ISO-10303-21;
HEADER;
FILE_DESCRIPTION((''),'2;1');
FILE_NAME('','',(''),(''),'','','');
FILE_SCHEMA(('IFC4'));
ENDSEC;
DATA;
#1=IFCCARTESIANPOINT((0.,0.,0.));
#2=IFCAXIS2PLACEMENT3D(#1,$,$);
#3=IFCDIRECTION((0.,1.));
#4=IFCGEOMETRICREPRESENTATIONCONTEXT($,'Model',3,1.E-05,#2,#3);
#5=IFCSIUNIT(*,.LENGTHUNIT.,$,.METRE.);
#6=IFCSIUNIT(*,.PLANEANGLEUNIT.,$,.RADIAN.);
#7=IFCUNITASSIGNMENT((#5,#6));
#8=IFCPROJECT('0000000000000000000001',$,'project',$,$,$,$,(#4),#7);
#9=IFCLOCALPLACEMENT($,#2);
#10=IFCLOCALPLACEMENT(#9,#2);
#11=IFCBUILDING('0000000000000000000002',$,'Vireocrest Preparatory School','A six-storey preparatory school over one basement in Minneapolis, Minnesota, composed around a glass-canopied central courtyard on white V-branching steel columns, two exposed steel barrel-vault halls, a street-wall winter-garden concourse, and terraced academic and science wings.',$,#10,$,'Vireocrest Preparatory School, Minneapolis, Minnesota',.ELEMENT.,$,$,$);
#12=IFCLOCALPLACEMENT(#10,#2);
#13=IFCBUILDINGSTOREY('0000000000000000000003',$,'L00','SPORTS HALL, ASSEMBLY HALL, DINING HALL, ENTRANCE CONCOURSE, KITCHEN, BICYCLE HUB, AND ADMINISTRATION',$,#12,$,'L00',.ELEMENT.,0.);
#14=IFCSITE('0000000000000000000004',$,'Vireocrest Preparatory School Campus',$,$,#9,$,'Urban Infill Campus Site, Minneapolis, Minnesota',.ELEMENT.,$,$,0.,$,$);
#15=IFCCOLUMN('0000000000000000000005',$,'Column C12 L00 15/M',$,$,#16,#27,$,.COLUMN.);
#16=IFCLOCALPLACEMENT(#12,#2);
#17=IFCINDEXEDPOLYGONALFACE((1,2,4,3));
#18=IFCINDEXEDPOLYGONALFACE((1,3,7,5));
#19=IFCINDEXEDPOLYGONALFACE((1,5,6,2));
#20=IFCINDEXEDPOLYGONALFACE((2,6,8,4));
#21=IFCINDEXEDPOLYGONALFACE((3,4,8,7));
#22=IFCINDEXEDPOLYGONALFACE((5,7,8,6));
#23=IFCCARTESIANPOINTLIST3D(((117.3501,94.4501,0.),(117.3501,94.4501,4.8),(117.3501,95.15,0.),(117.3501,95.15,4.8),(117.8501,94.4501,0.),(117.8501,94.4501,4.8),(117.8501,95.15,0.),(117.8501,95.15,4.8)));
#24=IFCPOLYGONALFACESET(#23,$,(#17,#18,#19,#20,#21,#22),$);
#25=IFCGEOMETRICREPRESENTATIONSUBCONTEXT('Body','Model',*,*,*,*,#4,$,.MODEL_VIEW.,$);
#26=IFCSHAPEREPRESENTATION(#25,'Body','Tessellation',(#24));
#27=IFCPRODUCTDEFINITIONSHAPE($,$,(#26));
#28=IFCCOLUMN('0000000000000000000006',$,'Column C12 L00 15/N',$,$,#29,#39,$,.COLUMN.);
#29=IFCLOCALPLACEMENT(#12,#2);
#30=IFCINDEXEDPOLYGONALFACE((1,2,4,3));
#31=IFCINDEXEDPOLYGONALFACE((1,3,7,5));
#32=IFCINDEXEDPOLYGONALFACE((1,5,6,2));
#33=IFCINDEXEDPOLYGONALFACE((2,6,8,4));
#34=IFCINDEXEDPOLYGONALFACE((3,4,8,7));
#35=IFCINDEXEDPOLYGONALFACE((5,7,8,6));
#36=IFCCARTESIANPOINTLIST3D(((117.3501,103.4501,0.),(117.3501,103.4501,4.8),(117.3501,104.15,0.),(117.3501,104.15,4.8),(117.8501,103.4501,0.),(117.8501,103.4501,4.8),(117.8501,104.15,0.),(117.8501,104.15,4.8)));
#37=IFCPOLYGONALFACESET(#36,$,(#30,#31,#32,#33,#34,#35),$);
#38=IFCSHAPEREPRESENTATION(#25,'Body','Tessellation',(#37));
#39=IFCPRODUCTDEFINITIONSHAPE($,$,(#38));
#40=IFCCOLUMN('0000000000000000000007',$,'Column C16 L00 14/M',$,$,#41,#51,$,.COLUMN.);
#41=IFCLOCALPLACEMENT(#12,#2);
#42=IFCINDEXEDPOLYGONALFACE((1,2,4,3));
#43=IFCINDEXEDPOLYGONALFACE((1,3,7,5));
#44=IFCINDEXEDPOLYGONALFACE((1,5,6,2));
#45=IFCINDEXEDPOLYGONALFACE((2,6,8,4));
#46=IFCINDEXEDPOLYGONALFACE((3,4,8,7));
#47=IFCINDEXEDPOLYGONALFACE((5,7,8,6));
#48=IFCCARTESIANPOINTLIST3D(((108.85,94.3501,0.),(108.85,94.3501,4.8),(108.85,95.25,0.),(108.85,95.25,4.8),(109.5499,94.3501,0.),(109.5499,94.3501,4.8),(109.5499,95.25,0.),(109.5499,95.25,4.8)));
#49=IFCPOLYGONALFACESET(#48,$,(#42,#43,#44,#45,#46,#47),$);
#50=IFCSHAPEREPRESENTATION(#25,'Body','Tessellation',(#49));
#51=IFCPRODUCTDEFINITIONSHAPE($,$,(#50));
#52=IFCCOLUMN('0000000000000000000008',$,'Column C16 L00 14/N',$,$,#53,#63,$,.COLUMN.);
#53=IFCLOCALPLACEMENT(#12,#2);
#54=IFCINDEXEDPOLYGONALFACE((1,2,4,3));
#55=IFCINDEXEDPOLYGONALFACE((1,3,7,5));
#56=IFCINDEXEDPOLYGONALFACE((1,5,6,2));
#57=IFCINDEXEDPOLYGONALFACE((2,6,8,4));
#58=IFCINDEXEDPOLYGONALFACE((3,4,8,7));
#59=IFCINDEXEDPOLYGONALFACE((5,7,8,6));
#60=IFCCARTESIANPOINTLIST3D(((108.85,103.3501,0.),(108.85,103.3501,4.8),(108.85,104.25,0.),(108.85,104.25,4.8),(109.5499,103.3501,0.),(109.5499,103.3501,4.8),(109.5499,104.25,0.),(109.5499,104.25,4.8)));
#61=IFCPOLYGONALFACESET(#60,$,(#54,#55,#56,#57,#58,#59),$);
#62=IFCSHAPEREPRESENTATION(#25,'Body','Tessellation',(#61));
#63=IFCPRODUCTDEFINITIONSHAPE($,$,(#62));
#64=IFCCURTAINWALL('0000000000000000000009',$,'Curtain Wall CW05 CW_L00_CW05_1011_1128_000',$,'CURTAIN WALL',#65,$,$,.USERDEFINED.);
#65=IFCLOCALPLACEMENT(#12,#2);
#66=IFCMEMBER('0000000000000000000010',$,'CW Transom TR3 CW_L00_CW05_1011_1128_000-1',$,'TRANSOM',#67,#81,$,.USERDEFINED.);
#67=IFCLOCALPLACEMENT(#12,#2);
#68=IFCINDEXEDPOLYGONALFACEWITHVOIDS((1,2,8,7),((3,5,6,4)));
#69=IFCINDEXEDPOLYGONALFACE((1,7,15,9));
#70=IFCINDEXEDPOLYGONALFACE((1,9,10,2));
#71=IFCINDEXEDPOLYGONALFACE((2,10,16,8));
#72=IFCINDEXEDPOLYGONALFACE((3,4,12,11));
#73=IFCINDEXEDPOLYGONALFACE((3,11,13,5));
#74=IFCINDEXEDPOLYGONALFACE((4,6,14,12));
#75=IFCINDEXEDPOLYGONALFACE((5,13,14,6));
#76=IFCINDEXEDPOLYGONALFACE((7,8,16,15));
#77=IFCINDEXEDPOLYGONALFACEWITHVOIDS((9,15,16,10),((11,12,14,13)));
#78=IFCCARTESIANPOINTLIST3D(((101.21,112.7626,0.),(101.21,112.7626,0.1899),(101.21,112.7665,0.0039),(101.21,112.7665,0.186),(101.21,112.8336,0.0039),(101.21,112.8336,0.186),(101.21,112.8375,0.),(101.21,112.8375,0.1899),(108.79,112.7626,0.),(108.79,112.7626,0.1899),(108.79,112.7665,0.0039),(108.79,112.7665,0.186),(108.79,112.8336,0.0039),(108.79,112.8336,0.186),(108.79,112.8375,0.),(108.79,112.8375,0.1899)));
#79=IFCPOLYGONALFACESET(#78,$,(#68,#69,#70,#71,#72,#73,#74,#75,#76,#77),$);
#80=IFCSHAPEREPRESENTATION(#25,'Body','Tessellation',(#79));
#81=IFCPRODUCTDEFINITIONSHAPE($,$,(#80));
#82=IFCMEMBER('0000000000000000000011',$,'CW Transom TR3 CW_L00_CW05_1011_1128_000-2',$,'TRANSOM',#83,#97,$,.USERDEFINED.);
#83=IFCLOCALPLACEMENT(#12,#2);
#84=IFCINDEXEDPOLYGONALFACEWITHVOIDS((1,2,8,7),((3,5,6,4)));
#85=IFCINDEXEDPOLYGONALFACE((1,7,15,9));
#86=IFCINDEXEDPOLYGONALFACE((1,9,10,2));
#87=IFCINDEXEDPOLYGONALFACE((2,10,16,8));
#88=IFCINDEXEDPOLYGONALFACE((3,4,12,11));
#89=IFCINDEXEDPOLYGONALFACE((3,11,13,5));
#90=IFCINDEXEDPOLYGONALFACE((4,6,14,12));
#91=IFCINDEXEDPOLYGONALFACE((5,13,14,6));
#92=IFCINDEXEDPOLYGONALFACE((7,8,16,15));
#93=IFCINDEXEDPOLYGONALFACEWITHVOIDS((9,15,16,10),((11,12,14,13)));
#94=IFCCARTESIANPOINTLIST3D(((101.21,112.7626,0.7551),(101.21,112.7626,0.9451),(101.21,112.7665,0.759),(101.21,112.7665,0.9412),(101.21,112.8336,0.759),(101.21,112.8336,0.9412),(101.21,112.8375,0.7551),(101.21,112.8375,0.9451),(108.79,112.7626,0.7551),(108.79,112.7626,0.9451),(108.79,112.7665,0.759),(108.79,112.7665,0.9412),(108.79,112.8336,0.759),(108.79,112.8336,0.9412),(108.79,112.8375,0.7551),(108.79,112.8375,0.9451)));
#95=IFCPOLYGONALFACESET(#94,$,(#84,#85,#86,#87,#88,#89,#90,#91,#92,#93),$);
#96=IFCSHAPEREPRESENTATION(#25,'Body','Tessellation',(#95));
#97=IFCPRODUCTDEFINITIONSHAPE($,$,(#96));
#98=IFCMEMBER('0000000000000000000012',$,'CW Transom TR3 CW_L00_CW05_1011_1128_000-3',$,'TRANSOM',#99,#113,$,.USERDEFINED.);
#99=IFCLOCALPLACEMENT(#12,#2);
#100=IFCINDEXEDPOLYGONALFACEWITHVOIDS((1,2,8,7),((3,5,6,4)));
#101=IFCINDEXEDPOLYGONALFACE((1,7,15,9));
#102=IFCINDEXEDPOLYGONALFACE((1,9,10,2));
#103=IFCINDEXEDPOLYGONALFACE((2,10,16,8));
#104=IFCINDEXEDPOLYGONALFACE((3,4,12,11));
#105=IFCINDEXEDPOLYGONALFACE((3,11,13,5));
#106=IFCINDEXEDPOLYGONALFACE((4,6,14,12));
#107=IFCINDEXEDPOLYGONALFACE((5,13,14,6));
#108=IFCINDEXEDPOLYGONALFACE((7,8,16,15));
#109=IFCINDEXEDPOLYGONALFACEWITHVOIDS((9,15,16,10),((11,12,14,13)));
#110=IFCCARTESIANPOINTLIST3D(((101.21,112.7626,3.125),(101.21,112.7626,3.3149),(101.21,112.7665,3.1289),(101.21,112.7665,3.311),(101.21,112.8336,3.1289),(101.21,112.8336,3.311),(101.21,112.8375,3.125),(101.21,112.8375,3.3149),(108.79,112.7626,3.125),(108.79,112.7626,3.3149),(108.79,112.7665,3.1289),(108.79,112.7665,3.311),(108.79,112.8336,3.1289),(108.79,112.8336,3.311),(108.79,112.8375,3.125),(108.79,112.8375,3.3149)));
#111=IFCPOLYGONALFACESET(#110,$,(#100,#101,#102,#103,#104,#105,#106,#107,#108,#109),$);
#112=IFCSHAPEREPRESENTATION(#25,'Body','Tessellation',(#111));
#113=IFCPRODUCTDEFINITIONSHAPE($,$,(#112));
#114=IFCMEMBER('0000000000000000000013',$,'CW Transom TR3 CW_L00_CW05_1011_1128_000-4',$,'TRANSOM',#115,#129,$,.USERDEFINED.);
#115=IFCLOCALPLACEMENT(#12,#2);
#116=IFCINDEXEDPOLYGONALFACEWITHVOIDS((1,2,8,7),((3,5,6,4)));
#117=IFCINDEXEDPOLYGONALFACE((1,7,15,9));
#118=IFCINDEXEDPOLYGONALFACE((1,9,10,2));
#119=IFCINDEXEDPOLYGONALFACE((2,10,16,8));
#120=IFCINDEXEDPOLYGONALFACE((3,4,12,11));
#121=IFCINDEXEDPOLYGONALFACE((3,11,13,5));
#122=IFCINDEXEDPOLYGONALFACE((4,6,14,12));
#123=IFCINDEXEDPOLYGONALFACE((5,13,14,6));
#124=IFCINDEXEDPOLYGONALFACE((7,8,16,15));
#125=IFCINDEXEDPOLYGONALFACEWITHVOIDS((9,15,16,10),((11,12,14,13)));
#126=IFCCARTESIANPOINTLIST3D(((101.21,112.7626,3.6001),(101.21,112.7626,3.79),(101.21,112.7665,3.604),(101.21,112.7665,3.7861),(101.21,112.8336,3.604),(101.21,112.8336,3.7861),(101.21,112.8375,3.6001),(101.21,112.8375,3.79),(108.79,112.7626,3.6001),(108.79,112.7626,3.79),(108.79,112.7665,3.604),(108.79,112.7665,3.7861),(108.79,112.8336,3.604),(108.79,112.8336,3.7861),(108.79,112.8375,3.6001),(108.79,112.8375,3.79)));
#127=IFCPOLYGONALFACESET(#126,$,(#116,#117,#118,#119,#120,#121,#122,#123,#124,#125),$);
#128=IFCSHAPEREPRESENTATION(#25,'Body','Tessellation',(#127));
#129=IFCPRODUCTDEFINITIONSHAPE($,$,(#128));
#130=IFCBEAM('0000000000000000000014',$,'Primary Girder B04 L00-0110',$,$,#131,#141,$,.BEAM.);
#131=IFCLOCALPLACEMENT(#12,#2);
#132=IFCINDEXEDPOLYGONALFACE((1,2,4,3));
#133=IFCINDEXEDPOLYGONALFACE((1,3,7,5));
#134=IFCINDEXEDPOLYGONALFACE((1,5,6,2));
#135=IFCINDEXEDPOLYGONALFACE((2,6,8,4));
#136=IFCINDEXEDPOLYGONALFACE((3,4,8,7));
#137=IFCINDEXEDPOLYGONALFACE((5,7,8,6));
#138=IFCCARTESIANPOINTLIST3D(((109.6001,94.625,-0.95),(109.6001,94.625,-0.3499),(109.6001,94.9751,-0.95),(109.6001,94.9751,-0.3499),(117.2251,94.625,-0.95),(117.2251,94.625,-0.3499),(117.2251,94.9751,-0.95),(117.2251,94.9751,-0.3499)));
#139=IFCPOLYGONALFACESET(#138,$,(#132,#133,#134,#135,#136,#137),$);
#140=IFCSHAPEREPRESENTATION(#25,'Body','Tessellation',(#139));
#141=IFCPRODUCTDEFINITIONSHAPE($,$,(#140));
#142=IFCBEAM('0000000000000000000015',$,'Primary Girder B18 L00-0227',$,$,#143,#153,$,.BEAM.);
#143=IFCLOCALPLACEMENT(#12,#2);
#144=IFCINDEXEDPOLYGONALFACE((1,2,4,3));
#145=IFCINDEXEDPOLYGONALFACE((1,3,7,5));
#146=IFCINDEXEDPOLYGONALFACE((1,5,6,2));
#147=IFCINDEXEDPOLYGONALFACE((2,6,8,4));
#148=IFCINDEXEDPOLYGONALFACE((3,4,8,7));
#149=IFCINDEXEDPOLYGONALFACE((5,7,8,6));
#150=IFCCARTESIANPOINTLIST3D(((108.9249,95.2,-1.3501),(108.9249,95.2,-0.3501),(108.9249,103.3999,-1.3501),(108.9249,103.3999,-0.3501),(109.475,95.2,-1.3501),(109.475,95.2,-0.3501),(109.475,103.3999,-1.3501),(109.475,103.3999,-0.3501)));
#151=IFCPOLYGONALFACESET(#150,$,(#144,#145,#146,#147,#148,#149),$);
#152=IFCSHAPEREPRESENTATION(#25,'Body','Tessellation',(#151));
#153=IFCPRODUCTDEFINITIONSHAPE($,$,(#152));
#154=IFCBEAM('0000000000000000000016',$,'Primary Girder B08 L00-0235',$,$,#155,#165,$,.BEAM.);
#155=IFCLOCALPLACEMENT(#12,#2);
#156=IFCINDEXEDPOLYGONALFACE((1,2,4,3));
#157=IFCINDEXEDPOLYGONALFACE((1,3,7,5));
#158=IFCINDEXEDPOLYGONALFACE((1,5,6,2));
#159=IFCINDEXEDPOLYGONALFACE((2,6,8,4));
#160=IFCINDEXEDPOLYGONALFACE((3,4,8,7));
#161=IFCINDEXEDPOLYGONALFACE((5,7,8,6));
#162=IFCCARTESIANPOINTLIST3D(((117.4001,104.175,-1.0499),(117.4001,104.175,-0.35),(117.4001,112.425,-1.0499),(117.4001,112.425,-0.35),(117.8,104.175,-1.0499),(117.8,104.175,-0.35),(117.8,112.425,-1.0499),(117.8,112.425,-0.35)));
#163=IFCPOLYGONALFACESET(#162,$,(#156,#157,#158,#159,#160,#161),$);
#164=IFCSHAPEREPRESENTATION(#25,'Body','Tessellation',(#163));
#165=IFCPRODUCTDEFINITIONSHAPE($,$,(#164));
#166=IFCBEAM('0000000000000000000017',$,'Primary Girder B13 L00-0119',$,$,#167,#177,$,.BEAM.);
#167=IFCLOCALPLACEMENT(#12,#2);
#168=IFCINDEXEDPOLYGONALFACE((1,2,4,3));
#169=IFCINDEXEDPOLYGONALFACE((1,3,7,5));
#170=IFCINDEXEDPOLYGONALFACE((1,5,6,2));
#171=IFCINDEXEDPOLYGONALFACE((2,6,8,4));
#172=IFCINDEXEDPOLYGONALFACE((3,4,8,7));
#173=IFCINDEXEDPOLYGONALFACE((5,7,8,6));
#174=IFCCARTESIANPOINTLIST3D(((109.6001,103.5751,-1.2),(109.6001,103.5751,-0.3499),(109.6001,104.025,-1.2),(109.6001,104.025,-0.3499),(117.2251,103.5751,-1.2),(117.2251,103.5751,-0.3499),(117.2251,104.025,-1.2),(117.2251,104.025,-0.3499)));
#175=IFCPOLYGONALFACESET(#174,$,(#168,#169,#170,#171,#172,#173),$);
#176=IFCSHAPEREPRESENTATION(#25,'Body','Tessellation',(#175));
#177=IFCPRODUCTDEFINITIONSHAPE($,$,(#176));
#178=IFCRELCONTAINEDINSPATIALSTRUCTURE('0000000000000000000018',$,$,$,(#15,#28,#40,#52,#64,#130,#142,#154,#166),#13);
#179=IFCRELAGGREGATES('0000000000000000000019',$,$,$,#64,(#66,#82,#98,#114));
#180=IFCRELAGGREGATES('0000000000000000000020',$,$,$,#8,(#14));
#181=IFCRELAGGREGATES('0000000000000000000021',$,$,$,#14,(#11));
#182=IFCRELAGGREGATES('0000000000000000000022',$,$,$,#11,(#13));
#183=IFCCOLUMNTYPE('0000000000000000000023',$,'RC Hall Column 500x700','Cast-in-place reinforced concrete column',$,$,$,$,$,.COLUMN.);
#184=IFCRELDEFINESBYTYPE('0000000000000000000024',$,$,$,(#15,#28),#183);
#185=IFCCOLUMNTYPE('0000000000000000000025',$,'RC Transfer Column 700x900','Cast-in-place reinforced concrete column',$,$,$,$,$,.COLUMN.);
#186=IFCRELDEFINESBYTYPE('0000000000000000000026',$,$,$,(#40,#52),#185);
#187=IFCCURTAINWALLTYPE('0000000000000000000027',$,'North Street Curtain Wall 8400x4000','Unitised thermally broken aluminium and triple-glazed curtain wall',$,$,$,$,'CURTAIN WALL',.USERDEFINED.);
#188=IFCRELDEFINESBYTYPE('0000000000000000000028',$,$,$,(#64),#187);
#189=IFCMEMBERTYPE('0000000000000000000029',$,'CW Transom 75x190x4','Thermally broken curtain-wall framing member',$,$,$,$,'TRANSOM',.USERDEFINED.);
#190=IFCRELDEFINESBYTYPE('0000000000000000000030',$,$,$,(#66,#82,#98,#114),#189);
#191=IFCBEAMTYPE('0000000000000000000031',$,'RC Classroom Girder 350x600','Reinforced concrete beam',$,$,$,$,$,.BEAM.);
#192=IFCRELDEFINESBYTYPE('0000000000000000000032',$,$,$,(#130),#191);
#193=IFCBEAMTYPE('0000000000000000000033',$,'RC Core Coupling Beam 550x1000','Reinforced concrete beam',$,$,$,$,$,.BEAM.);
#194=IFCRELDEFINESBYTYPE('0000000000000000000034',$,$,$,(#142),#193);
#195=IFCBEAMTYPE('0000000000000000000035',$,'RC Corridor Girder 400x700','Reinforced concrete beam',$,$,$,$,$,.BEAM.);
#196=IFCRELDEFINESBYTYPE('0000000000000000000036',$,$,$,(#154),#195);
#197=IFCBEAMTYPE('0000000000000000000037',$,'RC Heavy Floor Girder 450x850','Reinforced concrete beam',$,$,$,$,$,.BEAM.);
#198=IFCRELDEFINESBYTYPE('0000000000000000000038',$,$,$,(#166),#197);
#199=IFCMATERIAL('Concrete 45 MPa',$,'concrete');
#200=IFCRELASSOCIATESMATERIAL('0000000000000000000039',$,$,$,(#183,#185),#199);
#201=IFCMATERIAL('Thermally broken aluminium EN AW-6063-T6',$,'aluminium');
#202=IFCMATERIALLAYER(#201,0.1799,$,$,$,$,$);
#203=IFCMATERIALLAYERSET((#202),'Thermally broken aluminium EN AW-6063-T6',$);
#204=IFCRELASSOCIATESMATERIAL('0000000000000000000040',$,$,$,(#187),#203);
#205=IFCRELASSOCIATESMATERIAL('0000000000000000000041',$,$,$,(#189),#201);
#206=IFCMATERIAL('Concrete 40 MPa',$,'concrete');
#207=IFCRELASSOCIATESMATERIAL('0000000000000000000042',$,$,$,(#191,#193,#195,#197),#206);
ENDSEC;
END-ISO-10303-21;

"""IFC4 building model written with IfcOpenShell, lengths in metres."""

from ifc_helpers import new_model, si_unit, direction, frame, origin, origin_2d, place, context, subcontext, project, spatial, rectangle, hollow_rectangle, extrude, material, layer, layer_set, material_profile, profile_set, type_object, element, aggregate, save


model = new_model("IFC4")

# Units and contexts
model_context = context("Model", 3, precision=1e-05, world=origin(), true_north=direction((0.0, 1.0)))
body_context = subcontext(model_context, "Body", "Model", "MODEL_VIEW")
ifc_project = project(units=[si_unit("LENGTHUNIT", "METRE"), si_unit("PLANEANGLEUNIT", "RADIAN")], contexts=[model_context])

# Site, building, storey
site_placement = place(None, origin())
site = spatial("IfcSite", under=ifc_project, at=site_placement, Name="Vireocrest Preparatory School Campus", LongName="Urban Infill Campus Site, Minneapolis, Minnesota", CompositionType="ELEMENT", RefElevation=0.0)
building_placement = place(site_placement, origin())
building = spatial("IfcBuilding", under=site, at=building_placement, Name="Vireocrest Preparatory School", Description="A six-storey preparatory school over one basement in Minneapolis, Minnesota, composed around a glass-canopied central courtyard on white V-branching steel columns, two exposed steel barrel-vault halls, a street-wall winter-garden concourse, and terraced academic and science wings.", LongName="Vireocrest Preparatory School, Minneapolis, Minnesota", CompositionType="ELEMENT")
storey_placement = place(building_placement, origin())
storey = spatial("IfcBuildingStorey", under=building, at=storey_placement, Name="L00", Description="SPORTS HALL, ASSEMBLY HALL, DINING HALL, ENTRANCE CONCOURSE, KITCHEN, BICYCLE HUB, AND ADMINISTRATION", LongName="L00", CompositionType="ELEMENT", Elevation=0.0)

# Columns
ifc_material_1 = material(Name="Concrete 45 MPa", Category="concrete")
ifc_material_profile_1 = material_profile(ifc_material_1, rectangle(XDim=0.5, YDim=0.7, at=origin_2d()), Name="RC 500x700")
ifc_profile_set_1 = profile_set([ifc_material_profile_1], Name="Concrete 45 MPa")
column_type_1 = type_object("IfcColumnType", Name="RC Hall Column 500x700", Description="Cast-in-place reinforced concrete column", PredefinedType="COLUMN", material=ifc_profile_set_1)
for number, where, z_axis, x_axis, name in (
    (1, (117.6001, 94.8, 0.0), (0.0, 0.0, 1.0), (1.0, 0.0, 0.0), "Column C12 L00 15/M"),
    (2, (117.6001, 103.8, 0.0), (0.0, 0.0, 1.0), (1.0, 0.0, 0.0), "Column C12 L00 15/N"),
):
    element("IfcColumn", number, at=place(storey_placement, frame(where, z_axis=z_axis, x_axis=x_axis)), inside=storey, type_object=column_type_1, Name=name, PredefinedType="COLUMN", context=body_context, shape_type="SweptSolid", body=[
        extrude(rectangle(XDim=0.5, YDim=0.7, at=origin_2d()), origin(), (0.0, 0.0, 1.0), 4.8),
    ])
ifc_material_profile_2 = material_profile(ifc_material_1, rectangle(XDim=0.7, YDim=0.8999, at=origin_2d()), Name="RC 700x900")
ifc_profile_set_2 = profile_set([ifc_material_profile_2], Name="Concrete 45 MPa")
column_type_2 = type_object("IfcColumnType", Name="RC Transfer Column 700x900", Description="Cast-in-place reinforced concrete column", PredefinedType="COLUMN", material=ifc_profile_set_2)
for number, where, z_axis, x_axis, name in (
    (3, (109.2, 94.8, 0.0), (0.0, 0.0, 1.0), (1.0, 0.0, 0.0), "Column C16 L00 14/M"),
    (4, (109.2, 103.8, 0.0), (0.0, 0.0, 1.0), (1.0, 0.0, 0.0), "Column C16 L00 14/N"),
):
    element("IfcColumn", number, at=place(storey_placement, frame(where, z_axis=z_axis, x_axis=x_axis)), inside=storey, type_object=column_type_2, Name=name, PredefinedType="COLUMN", context=body_context, shape_type="SweptSolid", body=[
        extrude(rectangle(XDim=0.7, YDim=0.8999, at=origin_2d()), origin(), (0.0, 0.0, 1.0), 4.8),
    ])

# Curtain wall, members
ifc_material_2 = material(Name="Thermally broken aluminium EN AW-6063-T6", Category="aluminium")
ifc_layer_1 = layer(ifc_material_2, 0.1799)
ifc_layer_set_1 = layer_set([ifc_layer_1], Name="Thermally broken aluminium EN AW-6063-T6")
curtain_wall_type = type_object("IfcCurtainWallType", Name="North Street Curtain Wall 8400x4000", Description="Unitised thermally broken aluminium and triple-glazed curtain wall", ElementType="CURTAIN WALL", PredefinedType="USERDEFINED", material=ifc_layer_set_1)
curtain_wall_placement = place(storey_placement, origin())
curtain_wall = element("IfcCurtainWall", 5, at=curtain_wall_placement, inside=storey, type_object=curtain_wall_type, Name="Curtain Wall CW05 CW_L00_CW05_1011_1128_000", ObjectType="CURTAIN WALL", PredefinedType="USERDEFINED")
ifc_material_profile_3 = material_profile(ifc_material_2, hollow_rectangle(XDim=0.075, YDim=0.1899, WallThickness=0.0039, at=origin_2d()), Name="ALU 75x190x4")
ifc_profile_set_3 = profile_set([ifc_material_profile_3], Name="Thermally broken aluminium EN AW-6063-T6")
member_type = type_object("IfcMemberType", Name="CW Transom 75x190x4", Description="Thermally broken curtain-wall framing member", ElementType="TRANSOM", PredefinedType="USERDEFINED", material=ifc_profile_set_3)
member_1_placement = place(storey_placement, frame((101.21, 112.8, 0.095), z_axis=(1.0, 0.0, 0.0), x_axis=(0.0, 1.0, 0.0)))
member_1 = element("IfcMember", 6, at=member_1_placement, type_object=member_type, Name="CW Transom TR3 CW_L00_CW05_1011_1128_000-1", ObjectType="TRANSOM", PredefinedType="USERDEFINED", context=body_context, shape_type="SweptSolid", body=[
    extrude(hollow_rectangle(XDim=0.075, YDim=0.1899, WallThickness=0.0039, at=origin_2d()), origin(), (0.0, 0.0, 1.0), 7.5801),
])
member_2_placement = place(storey_placement, frame((101.21, 112.8, 0.8501), z_axis=(1.0, 0.0, 0.0), x_axis=(0.0, 1.0, 0.0)))
member_2 = element("IfcMember", 7, at=member_2_placement, type_object=member_type, Name="CW Transom TR3 CW_L00_CW05_1011_1128_000-2", ObjectType="TRANSOM", PredefinedType="USERDEFINED", context=body_context, shape_type="SweptSolid", body=[
    extrude(hollow_rectangle(XDim=0.075, YDim=0.1899, WallThickness=0.0039, at=origin_2d()), origin(), (0.0, 0.0, 1.0), 7.5801),
])
member_3_placement = place(storey_placement, frame((101.21, 112.8, 3.22), z_axis=(1.0, 0.0, 0.0), x_axis=(0.0, 1.0, 0.0)))
member_3 = element("IfcMember", 8, at=member_3_placement, type_object=member_type, Name="CW Transom TR3 CW_L00_CW05_1011_1128_000-3", ObjectType="TRANSOM", PredefinedType="USERDEFINED", context=body_context, shape_type="SweptSolid", body=[
    extrude(hollow_rectangle(XDim=0.075, YDim=0.1899, WallThickness=0.0039, at=origin_2d()), origin(), (0.0, 0.0, 1.0), 7.5801),
])
member_4_placement = place(storey_placement, frame((101.21, 112.8, 3.6951), z_axis=(1.0, 0.0, 0.0), x_axis=(0.0, 1.0, 0.0)))
member_4 = element("IfcMember", 9, at=member_4_placement, type_object=member_type, Name="CW Transom TR3 CW_L00_CW05_1011_1128_000-4", ObjectType="TRANSOM", PredefinedType="USERDEFINED", context=body_context, shape_type="SweptSolid", body=[
    extrude(hollow_rectangle(XDim=0.075, YDim=0.1899, WallThickness=0.0039, at=origin_2d()), origin(), (0.0, 0.0, 1.0), 7.5801),
])
aggregate(curtain_wall, [member_1, member_2, member_3, member_4])

# Beams
ifc_material_3 = material(Name="Concrete 40 MPa", Category="concrete")
ifc_material_profile_4 = material_profile(ifc_material_3, rectangle(XDim=0.3501, YDim=0.6001, at=origin_2d()), Name="RC 350x600")
ifc_profile_set_4 = profile_set([ifc_material_profile_4], Name="Concrete 40 MPa")
beam_type_1 = type_object("IfcBeamType", Name="RC Classroom Girder 350x600", Description="Reinforced concrete beam", PredefinedType="BEAM", material=ifc_profile_set_4)
beam_1_placement = place(storey_placement, frame((109.6001, 94.8, -0.6499), z_axis=(1.0, 0.0, 0.0), x_axis=(0.0, 1.0, 0.0)))
element("IfcBeam", 10, at=beam_1_placement, inside=storey, type_object=beam_type_1, Name="Primary Girder B04 L00-0110", PredefinedType="BEAM", context=body_context, shape_type="SweptSolid", body=[
    extrude(rectangle(XDim=0.3501, YDim=0.6001, at=origin_2d()), origin(), (0.0, 0.0, 1.0), 7.625),
])
ifc_material_profile_5 = material_profile(ifc_material_3, rectangle(XDim=0.55, YDim=1.0, at=origin_2d()), Name="RC 550x1000")
ifc_profile_set_5 = profile_set([ifc_material_profile_5], Name="Concrete 40 MPa")
beam_type_2 = type_object("IfcBeamType", Name="RC Core Coupling Beam 550x1000", Description="Reinforced concrete beam", PredefinedType="BEAM", material=ifc_profile_set_5)
beam_2_placement = place(storey_placement, frame((109.2, 95.2, -0.8501), z_axis=(0.0, 1.0, 0.0), x_axis=(-1.0, 0.0, 0.0)))
element("IfcBeam", 11, at=beam_2_placement, inside=storey, type_object=beam_type_2, Name="Primary Girder B18 L00-0227", PredefinedType="BEAM", context=body_context, shape_type="SweptSolid", body=[
    extrude(rectangle(XDim=0.55, YDim=1.0, at=origin_2d()), origin(), (0.0, 0.0, 1.0), 8.2),
])
ifc_material_profile_6 = material_profile(ifc_material_3, rectangle(XDim=0.3999, YDim=0.7, at=origin_2d()), Name="RC 400x700")
ifc_profile_set_6 = profile_set([ifc_material_profile_6], Name="Concrete 40 MPa")
beam_type_3 = type_object("IfcBeamType", Name="RC Corridor Girder 400x700", Description="Reinforced concrete beam", PredefinedType="BEAM", material=ifc_profile_set_6)
beam_3_placement = place(storey_placement, frame((117.6001, 104.175, -0.7), z_axis=(0.0, 1.0, 0.0), x_axis=(-1.0, 0.0, 0.0)))
element("IfcBeam", 12, at=beam_3_placement, inside=storey, type_object=beam_type_3, Name="Primary Girder B08 L00-0235", PredefinedType="BEAM", context=body_context, shape_type="SweptSolid", body=[
    extrude(rectangle(XDim=0.3999, YDim=0.7, at=origin_2d()), origin(), (0.0, 0.0, 1.0), 8.25),
])
ifc_material_profile_7 = material_profile(ifc_material_3, rectangle(XDim=0.45, YDim=0.8501, at=origin_2d()), Name="RC 450x850")
ifc_profile_set_7 = profile_set([ifc_material_profile_7], Name="Concrete 40 MPa")
beam_type_4 = type_object("IfcBeamType", Name="RC Heavy Floor Girder 450x850", Description="Reinforced concrete beam", PredefinedType="BEAM", material=ifc_profile_set_7)
beam_4_placement = place(storey_placement, frame((109.6001, 103.8, -0.7749), z_axis=(1.0, 0.0, 0.0), x_axis=(0.0, 1.0, 0.0)))
element("IfcBeam", 13, at=beam_4_placement, inside=storey, type_object=beam_type_4, Name="Primary Girder B13 L00-0119", PredefinedType="BEAM", context=body_context, shape_type="SweptSolid", body=[
    extrude(rectangle(XDim=0.45, YDim=0.8501, at=origin_2d()), origin(), (0.0, 0.0, 1.0), 7.625),
])

save(model, "model.ifc")
